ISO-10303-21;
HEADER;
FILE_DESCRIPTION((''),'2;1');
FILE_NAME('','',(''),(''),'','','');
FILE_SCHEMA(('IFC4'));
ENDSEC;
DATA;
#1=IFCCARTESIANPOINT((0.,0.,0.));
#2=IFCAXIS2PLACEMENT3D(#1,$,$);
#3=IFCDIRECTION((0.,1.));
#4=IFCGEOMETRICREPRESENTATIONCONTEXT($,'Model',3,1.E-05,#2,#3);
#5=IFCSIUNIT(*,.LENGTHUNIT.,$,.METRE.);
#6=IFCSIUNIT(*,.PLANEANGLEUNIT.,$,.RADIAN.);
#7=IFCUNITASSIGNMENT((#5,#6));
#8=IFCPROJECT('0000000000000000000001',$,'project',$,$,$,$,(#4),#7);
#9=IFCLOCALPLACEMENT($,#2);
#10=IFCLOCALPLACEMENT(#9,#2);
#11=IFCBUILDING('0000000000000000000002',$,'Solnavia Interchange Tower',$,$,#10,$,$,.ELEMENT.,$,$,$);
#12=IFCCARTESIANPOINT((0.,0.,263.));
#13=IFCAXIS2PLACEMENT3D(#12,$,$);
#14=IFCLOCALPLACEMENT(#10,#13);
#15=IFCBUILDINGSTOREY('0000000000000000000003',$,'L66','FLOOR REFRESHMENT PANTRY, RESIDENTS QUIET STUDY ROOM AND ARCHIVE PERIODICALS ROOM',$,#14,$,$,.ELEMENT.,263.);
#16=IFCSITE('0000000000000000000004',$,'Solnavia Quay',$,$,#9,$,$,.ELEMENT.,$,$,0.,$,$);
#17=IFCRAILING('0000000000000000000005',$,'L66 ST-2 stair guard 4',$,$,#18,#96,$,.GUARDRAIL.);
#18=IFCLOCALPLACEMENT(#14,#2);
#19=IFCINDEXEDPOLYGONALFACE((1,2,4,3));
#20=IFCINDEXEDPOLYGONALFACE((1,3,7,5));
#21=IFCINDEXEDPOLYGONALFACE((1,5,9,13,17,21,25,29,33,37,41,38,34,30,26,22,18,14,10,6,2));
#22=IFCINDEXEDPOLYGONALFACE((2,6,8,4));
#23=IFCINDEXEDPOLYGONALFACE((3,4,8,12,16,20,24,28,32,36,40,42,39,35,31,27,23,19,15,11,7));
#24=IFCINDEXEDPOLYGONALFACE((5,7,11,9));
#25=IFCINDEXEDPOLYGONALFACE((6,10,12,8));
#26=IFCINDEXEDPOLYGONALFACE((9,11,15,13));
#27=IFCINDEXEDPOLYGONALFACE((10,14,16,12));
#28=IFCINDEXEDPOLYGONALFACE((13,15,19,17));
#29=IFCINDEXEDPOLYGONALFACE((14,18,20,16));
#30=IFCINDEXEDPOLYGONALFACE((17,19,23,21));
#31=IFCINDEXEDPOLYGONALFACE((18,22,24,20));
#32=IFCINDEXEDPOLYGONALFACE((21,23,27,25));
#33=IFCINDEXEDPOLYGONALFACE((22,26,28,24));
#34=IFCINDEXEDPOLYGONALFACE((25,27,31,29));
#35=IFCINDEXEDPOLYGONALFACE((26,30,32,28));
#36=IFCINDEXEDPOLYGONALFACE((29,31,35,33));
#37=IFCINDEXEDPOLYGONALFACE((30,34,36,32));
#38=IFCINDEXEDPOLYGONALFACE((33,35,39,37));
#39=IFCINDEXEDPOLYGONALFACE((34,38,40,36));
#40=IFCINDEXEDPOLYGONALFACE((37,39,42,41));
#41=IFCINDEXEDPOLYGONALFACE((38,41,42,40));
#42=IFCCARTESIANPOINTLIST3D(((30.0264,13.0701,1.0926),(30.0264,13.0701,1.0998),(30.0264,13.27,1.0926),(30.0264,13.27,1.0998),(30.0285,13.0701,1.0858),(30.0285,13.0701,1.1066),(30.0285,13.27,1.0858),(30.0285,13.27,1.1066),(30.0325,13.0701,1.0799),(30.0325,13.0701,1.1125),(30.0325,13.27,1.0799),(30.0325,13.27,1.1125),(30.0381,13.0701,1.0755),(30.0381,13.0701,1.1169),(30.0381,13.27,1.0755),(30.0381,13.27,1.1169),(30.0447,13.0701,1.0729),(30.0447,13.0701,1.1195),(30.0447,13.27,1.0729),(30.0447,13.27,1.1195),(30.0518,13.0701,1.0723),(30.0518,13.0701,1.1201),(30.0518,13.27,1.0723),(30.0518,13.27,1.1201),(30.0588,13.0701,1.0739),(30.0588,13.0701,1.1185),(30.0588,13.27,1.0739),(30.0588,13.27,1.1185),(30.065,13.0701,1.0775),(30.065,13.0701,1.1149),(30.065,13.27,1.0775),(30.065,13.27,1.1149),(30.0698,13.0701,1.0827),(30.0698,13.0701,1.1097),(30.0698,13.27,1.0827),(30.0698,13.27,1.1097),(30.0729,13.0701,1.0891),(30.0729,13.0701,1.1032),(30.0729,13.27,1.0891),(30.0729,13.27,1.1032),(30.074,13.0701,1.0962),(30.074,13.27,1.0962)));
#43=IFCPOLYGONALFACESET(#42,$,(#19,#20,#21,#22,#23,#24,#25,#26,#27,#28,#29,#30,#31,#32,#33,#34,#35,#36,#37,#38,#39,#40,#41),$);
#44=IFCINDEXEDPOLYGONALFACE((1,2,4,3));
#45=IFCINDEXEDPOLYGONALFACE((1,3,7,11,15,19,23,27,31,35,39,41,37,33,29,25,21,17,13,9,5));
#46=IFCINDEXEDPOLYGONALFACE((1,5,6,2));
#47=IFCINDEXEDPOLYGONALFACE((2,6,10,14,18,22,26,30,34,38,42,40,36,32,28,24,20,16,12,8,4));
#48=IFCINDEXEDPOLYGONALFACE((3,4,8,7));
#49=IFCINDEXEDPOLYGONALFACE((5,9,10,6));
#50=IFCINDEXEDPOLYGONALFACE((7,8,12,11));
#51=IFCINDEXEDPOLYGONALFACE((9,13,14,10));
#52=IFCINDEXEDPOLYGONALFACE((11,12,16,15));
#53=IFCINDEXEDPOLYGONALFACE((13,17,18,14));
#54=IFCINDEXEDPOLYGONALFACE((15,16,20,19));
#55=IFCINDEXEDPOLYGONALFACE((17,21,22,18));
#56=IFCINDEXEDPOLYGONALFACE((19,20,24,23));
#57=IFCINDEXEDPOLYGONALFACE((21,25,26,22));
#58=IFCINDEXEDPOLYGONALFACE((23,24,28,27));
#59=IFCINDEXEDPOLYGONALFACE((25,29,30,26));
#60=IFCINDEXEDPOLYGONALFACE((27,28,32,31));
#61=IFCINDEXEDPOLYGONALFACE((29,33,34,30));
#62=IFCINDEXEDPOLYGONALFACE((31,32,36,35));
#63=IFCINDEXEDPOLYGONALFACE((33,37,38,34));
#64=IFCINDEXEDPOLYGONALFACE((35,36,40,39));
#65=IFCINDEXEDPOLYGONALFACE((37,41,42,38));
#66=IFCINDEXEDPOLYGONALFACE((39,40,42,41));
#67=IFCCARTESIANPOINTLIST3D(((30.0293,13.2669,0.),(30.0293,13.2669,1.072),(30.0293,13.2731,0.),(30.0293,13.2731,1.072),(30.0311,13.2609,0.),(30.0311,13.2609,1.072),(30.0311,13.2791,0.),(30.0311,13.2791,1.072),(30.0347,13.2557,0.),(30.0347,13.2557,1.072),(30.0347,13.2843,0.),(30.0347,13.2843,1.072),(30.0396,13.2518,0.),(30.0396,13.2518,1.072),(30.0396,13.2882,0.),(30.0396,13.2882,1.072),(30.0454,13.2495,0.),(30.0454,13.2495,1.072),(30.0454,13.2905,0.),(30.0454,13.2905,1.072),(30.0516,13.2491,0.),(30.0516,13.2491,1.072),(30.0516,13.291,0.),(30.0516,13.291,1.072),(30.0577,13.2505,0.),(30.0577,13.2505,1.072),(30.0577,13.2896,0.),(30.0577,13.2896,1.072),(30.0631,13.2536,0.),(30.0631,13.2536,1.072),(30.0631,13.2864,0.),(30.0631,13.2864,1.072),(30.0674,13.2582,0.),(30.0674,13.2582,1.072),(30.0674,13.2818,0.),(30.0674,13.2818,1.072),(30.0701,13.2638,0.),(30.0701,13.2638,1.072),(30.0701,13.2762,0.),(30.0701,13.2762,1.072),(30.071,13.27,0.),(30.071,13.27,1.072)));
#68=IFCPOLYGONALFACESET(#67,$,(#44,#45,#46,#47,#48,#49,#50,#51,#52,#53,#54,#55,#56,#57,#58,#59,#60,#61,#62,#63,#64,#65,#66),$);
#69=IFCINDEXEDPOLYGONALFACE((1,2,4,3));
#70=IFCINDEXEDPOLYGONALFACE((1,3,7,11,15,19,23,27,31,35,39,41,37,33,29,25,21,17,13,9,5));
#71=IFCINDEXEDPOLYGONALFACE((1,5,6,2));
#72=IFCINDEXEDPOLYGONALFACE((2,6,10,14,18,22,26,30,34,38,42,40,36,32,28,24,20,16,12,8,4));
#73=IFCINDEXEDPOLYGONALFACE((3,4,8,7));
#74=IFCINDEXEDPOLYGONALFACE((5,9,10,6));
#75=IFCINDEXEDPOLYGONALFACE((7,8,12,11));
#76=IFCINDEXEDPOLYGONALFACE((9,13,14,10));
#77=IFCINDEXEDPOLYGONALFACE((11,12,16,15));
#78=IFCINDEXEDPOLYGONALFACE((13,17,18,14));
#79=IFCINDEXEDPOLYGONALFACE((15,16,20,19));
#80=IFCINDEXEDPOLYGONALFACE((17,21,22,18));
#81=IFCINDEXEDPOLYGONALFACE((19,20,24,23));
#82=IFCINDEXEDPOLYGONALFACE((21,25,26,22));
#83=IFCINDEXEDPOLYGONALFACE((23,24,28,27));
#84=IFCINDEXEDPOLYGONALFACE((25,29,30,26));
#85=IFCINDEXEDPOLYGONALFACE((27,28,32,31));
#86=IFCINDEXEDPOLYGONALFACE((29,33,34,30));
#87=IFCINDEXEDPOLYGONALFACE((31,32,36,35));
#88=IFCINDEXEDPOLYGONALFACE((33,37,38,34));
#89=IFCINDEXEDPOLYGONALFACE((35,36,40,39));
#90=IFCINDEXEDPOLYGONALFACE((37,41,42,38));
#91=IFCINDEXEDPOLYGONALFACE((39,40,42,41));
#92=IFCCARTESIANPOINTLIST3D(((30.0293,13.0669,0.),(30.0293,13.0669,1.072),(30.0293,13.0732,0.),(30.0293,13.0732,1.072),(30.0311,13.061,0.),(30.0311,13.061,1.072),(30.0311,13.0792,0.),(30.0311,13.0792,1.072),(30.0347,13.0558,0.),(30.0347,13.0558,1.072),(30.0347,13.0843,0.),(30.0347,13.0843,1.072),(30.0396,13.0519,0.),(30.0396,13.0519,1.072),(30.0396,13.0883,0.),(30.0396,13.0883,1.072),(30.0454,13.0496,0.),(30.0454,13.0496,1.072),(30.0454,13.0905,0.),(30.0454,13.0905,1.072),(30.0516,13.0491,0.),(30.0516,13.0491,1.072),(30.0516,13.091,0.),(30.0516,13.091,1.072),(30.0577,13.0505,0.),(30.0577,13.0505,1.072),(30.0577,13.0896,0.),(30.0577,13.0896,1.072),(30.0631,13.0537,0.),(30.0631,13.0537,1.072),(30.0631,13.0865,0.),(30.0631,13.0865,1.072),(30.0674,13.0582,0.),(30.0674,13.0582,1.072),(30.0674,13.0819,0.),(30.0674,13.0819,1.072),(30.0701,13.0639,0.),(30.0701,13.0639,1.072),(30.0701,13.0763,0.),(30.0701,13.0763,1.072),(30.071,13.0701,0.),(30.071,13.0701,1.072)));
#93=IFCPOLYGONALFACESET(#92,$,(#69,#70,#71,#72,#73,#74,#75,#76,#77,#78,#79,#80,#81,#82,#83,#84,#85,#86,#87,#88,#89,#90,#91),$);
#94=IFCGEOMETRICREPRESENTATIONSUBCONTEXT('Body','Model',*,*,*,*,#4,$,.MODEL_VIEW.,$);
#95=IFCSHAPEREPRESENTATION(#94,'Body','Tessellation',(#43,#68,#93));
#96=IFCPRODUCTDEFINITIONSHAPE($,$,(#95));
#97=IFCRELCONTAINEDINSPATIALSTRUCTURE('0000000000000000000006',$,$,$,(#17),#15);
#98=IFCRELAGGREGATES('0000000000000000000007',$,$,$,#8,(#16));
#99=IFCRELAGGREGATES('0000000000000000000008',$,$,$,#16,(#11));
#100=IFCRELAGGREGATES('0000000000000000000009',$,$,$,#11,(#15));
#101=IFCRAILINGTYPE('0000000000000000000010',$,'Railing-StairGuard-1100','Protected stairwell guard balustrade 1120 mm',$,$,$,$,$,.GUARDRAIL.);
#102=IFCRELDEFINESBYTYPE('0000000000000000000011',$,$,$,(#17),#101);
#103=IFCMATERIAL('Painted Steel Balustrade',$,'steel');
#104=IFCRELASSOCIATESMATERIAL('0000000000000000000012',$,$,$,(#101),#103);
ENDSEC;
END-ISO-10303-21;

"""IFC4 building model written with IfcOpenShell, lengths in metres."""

from ifc_helpers import new_model, si_unit, direction, frame, origin, origin_2d, place, context, subcontext, project, spatial, circle, extrude, material, type_object, element, save


model = new_model("IFC4")

# Units and contexts
model_context = context("Model", 3, precision=1e-05, world=origin(), true_north=direction((0.0, 1.0)))
body_context = subcontext(model_context, "Body", "Model", "MODEL_VIEW")
ifc_project = project(units=[si_unit("LENGTHUNIT", "METRE"), si_unit("PLANEANGLEUNIT", "RADIAN")], contexts=[model_context])

# Site, building, storey
site_placement = place(None, origin())
site = spatial("IfcSite", under=ifc_project, at=site_placement, Name="Solnavia Quay", CompositionType="ELEMENT", RefElevation=0.0)
building_placement = place(site_placement, origin())
building = spatial("IfcBuilding", under=site, at=building_placement, Name="Solnavia Interchange Tower", CompositionType="ELEMENT")
storey_placement = place(building_placement, frame((0.0, 0.0, 263.0)))
storey = spatial("IfcBuildingStorey", under=building, at=storey_placement, Name="L66", Description="FLOOR REFRESHMENT PANTRY, RESIDENTS QUIET STUDY ROOM AND ARCHIVE PERIODICALS ROOM", CompositionType="ELEMENT", Elevation=263.0)

# Railing
ifc_material_1 = material(Name="Painted Steel Balustrade", Category="steel")
railing_type_1 = type_object("IfcRailingType", Name="Railing-StairGuard-1100", Description="Protected stairwell guard balustrade 1120 mm", PredefinedType="GUARDRAIL", material=ifc_material_1)
railing_1_placement = place(storey_placement, frame((30.05, 13.27, 0.0)))
element("IfcRailing", 1, at=railing_1_placement, inside=storey, type_object=railing_type_1, Name="L66 ST-2 stair guard 4", PredefinedType="GUARDRAIL", context=body_context, shape_type="SweptSolid", body=[
    extrude(circle(Radius=0.0239, at=origin_2d()), frame((0.0, 0.0, 1.0962), z_axis=(0.0, -1.0, 0.0), x_axis=(1.0, 0.0, 0.0)), (0.0, 0.0, 1.0), 0.2),
    extrude(circle(Radius=0.021, at=origin_2d()), origin(), (0.0, 0.0, 1.0), 1.072),
    extrude(circle(Radius=0.021, at=origin_2d()), frame((0.0, -0.2, 0.0)), (0.0, 0.0, 1.0), 1.072),
])

save(model, "model.ifc")
